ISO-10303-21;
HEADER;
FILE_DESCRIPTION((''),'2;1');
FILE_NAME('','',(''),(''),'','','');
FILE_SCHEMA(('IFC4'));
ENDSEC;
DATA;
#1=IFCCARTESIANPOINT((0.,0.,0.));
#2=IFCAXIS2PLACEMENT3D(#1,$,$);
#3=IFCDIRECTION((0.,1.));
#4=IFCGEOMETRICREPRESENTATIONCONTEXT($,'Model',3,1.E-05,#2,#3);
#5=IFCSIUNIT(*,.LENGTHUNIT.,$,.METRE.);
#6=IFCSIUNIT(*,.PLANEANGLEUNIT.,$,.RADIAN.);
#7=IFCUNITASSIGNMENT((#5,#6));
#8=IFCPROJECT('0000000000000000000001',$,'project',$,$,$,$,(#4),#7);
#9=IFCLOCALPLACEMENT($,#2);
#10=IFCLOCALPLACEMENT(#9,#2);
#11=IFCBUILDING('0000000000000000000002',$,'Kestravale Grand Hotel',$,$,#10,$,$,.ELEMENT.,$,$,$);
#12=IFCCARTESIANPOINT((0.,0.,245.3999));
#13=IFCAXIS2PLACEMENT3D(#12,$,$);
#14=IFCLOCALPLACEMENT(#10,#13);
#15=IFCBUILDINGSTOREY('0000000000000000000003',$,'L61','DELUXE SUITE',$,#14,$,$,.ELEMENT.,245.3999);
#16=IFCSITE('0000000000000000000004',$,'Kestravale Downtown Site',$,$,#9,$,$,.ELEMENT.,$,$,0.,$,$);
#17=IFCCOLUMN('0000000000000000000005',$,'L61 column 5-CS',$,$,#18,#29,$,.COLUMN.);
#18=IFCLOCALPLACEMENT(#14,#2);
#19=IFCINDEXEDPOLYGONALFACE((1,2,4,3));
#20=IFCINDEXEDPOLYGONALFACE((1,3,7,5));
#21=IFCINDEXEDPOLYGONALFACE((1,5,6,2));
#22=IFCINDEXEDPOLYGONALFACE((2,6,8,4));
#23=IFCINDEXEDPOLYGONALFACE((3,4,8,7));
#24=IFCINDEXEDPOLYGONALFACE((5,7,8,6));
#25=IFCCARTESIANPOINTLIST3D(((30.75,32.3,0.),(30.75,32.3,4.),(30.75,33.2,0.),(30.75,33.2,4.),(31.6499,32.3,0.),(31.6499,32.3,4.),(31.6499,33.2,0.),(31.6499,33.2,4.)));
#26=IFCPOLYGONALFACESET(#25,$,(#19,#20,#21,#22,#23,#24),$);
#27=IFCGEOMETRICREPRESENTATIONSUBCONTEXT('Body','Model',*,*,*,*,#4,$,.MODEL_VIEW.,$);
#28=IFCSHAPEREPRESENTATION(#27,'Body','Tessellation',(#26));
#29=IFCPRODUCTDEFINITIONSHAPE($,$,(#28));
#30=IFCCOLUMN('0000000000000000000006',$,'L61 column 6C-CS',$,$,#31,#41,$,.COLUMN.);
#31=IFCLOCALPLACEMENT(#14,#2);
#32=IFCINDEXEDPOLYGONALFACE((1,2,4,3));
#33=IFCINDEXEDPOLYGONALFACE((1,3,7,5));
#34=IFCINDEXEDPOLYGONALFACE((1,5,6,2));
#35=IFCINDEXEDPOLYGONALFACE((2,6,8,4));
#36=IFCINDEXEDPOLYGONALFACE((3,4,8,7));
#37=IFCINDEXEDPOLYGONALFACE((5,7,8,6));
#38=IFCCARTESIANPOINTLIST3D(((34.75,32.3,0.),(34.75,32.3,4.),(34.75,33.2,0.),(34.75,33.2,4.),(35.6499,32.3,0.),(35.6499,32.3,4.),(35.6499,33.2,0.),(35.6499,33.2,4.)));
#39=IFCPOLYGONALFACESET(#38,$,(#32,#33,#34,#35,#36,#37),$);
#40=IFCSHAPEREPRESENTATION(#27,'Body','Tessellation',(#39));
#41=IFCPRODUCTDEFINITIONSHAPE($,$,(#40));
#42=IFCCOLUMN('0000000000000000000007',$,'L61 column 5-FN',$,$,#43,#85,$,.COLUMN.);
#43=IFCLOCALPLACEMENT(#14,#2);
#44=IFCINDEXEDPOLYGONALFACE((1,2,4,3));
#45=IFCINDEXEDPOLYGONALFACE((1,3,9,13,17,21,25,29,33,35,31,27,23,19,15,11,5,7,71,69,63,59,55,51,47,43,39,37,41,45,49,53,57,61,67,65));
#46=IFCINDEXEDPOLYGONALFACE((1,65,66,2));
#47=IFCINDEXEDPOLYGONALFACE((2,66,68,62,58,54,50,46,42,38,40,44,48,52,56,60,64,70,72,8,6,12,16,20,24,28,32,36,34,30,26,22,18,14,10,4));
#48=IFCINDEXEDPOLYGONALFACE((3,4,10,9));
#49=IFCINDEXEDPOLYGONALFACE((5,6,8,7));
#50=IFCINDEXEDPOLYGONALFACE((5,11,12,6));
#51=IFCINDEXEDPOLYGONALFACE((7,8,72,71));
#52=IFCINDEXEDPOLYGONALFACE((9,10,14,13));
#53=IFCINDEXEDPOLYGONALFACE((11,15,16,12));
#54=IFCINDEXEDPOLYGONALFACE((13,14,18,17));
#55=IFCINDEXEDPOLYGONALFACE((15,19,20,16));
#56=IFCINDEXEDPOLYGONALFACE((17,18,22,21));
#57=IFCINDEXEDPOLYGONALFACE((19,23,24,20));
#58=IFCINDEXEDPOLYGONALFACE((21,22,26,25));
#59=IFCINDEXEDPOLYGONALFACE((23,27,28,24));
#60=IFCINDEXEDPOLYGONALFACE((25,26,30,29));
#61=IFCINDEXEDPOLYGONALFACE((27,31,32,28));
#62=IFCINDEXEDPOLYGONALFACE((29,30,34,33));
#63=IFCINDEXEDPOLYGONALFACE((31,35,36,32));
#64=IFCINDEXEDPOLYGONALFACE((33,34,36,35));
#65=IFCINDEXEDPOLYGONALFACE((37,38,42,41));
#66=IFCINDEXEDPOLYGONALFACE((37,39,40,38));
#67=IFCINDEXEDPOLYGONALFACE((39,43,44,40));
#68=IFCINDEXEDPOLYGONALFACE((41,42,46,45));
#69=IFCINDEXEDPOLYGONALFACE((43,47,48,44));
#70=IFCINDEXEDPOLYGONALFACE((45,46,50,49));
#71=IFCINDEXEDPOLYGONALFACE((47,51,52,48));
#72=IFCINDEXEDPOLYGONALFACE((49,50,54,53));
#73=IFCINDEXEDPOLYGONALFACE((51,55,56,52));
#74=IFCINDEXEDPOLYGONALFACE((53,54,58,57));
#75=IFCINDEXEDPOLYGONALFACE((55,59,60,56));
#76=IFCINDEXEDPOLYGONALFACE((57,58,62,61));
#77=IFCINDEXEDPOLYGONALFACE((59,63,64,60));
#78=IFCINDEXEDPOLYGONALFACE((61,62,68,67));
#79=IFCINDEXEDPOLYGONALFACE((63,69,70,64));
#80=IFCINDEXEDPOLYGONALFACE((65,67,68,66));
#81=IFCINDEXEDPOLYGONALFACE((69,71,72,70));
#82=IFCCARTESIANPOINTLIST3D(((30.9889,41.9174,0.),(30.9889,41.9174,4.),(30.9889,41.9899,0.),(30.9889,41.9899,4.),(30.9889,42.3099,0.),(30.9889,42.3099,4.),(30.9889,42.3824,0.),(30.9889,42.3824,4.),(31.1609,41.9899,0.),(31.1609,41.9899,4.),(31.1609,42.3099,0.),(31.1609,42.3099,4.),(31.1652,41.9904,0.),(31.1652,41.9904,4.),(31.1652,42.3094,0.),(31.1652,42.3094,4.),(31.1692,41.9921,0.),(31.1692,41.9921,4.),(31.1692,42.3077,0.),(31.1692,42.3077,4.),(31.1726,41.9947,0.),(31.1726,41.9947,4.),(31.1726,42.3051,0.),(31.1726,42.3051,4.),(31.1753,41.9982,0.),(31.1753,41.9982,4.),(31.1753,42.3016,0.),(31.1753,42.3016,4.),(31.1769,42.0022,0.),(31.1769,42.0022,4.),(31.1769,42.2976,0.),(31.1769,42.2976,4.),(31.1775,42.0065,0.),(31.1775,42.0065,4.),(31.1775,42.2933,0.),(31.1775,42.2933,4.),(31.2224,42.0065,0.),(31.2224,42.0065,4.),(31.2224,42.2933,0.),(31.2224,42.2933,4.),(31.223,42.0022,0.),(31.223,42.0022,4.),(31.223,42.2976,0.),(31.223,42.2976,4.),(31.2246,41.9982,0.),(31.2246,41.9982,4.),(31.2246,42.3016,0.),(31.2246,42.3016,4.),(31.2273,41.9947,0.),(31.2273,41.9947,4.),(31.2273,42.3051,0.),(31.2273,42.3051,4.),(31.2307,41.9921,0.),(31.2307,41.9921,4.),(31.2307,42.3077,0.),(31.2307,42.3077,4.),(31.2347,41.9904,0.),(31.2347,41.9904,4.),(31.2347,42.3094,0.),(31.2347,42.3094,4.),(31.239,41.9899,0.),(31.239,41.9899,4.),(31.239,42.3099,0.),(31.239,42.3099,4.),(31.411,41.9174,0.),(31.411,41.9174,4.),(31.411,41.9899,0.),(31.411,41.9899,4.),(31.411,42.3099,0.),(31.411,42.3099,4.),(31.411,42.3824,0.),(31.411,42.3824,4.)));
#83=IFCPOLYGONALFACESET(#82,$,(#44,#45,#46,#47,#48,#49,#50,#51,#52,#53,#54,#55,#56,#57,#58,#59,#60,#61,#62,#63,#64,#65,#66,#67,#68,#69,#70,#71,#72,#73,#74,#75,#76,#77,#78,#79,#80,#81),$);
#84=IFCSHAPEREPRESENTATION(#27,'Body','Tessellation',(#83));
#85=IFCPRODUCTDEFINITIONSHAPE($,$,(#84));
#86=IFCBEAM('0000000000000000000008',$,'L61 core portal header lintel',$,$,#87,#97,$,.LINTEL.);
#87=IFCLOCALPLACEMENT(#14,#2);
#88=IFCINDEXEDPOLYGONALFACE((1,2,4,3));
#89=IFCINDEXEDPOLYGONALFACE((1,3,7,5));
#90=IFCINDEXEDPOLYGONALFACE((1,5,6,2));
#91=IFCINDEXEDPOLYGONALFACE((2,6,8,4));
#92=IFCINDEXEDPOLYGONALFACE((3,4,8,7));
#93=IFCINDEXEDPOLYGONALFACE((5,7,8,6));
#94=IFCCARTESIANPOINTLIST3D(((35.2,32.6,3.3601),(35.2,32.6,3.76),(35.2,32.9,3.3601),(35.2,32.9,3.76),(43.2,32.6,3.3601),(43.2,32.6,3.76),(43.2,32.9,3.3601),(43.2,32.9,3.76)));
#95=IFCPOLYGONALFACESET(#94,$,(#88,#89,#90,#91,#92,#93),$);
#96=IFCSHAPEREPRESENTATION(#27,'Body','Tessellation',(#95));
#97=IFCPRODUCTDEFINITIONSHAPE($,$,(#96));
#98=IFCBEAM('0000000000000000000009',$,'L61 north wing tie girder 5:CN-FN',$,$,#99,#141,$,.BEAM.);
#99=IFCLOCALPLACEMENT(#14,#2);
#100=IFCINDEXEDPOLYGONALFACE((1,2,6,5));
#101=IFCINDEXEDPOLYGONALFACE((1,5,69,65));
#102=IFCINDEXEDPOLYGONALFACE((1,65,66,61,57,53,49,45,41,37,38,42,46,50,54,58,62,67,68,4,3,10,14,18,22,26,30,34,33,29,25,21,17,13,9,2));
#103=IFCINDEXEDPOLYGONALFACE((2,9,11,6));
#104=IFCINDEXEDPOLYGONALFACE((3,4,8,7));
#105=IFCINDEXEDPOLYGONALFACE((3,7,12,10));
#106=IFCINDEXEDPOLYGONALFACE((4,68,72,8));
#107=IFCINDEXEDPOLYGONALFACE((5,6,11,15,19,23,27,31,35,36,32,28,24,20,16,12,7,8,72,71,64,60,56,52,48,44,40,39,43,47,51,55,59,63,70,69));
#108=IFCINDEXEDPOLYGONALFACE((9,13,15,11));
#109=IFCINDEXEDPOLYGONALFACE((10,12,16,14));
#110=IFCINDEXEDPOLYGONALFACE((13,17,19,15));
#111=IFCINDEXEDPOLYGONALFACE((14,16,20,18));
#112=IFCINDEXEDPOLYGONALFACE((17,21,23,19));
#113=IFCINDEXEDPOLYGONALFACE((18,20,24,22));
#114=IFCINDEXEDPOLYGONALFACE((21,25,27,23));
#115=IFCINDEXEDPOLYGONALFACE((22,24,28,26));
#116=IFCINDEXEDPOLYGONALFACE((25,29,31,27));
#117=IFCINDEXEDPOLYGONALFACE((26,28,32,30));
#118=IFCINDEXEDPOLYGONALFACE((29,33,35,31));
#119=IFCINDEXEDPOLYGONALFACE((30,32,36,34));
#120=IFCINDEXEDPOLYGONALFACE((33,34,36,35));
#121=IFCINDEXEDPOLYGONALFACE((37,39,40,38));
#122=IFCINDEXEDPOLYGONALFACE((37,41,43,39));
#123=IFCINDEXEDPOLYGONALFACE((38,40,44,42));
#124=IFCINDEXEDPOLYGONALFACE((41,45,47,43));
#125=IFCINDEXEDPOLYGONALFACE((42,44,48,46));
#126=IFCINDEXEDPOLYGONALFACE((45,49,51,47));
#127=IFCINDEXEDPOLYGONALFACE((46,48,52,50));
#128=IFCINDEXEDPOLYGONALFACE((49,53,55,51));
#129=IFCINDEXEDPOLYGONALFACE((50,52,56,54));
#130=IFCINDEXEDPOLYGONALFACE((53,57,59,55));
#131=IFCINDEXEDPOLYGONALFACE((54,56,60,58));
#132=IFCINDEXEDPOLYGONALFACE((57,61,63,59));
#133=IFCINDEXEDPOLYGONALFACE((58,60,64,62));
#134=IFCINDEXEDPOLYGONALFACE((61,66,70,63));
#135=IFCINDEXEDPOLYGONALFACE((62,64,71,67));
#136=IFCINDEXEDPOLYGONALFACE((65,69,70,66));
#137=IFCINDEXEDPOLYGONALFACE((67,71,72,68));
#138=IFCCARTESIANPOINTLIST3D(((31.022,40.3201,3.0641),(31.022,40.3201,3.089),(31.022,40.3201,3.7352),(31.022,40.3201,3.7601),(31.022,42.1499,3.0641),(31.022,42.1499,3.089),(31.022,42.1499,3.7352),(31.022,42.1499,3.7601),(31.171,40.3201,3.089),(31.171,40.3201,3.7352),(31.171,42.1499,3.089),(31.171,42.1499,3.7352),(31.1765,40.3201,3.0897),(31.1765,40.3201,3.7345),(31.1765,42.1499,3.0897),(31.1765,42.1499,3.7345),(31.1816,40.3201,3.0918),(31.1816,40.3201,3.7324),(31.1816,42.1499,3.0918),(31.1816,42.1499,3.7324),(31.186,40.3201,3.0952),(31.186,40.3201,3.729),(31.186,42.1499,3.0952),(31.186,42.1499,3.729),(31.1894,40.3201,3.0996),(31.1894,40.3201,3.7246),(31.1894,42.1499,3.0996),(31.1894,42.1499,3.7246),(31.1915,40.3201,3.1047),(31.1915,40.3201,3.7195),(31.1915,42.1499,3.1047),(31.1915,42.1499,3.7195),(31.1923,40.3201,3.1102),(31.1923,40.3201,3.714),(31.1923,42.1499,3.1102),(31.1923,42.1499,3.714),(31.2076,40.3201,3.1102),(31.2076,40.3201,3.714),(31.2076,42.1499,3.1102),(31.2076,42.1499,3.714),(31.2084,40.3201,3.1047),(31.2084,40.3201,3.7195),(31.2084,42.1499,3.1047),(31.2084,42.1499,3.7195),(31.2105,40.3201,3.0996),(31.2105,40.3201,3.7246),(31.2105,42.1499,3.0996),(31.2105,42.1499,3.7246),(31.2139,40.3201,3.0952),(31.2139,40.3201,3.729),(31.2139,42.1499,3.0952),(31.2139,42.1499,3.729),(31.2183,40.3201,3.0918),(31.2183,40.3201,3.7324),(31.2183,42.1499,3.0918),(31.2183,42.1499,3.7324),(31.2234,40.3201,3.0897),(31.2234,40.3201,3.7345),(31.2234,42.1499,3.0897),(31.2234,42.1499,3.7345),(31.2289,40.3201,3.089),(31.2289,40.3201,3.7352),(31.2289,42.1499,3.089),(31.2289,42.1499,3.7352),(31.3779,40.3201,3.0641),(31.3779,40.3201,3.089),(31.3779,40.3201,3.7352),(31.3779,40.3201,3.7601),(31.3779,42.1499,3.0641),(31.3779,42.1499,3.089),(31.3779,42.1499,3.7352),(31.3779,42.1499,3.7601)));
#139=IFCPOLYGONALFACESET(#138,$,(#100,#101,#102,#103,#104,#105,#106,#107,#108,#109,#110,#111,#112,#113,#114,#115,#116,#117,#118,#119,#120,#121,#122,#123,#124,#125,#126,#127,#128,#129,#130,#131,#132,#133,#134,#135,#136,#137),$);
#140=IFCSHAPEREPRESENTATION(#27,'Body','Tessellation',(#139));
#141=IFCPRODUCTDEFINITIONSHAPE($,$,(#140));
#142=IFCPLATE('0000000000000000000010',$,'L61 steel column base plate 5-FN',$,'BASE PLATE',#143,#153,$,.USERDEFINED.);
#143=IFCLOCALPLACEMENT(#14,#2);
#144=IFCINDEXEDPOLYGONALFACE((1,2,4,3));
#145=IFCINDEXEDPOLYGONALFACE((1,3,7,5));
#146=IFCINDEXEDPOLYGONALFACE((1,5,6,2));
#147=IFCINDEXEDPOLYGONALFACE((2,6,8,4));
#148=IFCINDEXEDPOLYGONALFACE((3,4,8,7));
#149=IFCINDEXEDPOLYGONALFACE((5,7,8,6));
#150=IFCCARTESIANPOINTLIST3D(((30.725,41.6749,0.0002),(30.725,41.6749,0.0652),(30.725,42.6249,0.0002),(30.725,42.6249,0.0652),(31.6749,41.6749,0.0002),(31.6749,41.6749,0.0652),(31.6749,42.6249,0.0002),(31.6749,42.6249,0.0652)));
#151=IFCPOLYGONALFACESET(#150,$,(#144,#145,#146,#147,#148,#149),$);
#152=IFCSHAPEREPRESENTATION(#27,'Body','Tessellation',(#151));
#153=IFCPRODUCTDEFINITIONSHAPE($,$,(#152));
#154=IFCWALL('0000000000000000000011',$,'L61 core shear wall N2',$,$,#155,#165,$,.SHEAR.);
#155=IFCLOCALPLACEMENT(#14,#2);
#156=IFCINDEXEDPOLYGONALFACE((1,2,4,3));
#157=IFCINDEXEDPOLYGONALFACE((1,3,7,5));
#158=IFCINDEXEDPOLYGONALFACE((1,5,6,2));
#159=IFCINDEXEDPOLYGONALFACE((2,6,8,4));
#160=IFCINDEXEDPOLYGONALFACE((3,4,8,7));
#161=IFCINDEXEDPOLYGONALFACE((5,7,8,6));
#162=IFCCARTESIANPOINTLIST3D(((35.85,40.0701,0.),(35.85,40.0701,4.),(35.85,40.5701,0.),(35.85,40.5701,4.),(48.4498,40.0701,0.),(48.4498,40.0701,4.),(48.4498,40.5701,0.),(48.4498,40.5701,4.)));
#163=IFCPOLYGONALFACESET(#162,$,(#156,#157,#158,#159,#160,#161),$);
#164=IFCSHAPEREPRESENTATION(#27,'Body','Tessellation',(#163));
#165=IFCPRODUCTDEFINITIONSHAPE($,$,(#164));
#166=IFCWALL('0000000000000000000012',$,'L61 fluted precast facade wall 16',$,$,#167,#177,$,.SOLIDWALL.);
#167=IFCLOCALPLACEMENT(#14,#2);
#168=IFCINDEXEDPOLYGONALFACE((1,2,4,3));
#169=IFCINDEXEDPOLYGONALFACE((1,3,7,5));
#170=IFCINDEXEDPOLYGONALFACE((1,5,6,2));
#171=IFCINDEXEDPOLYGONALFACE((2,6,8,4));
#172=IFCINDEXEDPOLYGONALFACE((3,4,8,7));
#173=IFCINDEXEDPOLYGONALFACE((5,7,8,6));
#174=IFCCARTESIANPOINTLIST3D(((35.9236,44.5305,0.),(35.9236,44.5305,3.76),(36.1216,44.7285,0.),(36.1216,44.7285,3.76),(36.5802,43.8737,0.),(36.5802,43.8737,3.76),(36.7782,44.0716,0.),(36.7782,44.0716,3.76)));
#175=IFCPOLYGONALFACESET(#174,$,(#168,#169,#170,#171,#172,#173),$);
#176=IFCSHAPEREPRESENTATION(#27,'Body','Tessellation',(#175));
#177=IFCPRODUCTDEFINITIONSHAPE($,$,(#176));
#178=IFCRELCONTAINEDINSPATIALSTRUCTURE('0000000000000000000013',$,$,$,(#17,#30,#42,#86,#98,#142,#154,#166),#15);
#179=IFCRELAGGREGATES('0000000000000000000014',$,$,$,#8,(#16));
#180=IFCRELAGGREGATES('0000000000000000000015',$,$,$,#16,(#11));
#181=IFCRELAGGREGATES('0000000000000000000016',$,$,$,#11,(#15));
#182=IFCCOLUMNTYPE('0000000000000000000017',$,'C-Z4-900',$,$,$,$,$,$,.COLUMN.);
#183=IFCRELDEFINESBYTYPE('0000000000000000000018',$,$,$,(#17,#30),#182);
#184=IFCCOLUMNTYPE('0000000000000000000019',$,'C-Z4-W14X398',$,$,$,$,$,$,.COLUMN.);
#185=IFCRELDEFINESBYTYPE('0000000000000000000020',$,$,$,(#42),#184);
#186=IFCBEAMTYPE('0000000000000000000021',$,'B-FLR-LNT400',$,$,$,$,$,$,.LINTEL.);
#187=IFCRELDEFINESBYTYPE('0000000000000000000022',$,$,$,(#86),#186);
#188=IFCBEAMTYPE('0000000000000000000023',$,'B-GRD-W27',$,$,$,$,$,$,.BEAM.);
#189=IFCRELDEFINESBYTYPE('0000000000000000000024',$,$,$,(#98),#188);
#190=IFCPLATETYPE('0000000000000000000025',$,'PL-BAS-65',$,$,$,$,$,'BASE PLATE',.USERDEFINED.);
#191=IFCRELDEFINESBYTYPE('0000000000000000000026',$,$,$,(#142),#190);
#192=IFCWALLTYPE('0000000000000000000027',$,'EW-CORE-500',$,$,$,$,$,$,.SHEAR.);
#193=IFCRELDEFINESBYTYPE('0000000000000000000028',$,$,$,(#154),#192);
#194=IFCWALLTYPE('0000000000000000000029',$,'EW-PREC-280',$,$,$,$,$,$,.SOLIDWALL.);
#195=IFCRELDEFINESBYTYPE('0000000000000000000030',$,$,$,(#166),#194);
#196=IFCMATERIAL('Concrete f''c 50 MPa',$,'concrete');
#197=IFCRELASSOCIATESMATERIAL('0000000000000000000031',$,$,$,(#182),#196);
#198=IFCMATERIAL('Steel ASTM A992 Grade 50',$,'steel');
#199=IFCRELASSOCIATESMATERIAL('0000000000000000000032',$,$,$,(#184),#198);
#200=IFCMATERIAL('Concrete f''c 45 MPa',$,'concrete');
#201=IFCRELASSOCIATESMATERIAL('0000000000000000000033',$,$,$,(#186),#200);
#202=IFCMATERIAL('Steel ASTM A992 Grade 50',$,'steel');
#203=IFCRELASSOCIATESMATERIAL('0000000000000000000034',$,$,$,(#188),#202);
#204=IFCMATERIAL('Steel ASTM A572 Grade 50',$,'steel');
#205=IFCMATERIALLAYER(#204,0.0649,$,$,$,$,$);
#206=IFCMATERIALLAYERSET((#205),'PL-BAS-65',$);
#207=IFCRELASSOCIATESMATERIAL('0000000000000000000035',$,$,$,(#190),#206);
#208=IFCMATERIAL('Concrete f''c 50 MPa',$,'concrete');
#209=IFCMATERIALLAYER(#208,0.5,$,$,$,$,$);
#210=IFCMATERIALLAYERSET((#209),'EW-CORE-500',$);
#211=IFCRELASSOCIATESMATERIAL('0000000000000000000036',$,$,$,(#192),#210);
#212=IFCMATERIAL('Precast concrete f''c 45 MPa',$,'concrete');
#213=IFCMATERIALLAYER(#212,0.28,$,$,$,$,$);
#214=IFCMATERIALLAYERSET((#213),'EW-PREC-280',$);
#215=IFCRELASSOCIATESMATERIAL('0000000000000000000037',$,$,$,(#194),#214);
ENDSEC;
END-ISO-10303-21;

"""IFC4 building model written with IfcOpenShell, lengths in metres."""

from ifc_helpers import new_model, si_unit, direction, frame, frame_2d, origin, origin_2d, place, context, subcontext, project, spatial, rectangle, i_section, extrude, material, layer, layer_set, material_profile, profile_set, type_object, element, save


model = new_model("IFC4")

# Units and contexts
model_context = context("Model", 3, precision=1e-05, world=origin(), true_north=direction((0.0, 1.0)))
body_context = subcontext(model_context, "Body", "Model", "MODEL_VIEW")
ifc_project = project(units=[si_unit("LENGTHUNIT", "METRE"), si_unit("PLANEANGLEUNIT", "RADIAN")], contexts=[model_context])

# Site, building, storey
site_placement = place(None, origin())
site = spatial("IfcSite", under=ifc_project, at=site_placement, Name="Kestravale Downtown Site", CompositionType="ELEMENT", RefElevation=0.0)
building_placement = place(site_placement, origin())
building = spatial("IfcBuilding", under=site, at=building_placement, Name="Kestravale Grand Hotel", CompositionType="ELEMENT")
storey_placement = place(building_placement, frame((0.0, 0.0, 245.3999)))
storey = spatial("IfcBuildingStorey", under=building, at=storey_placement, Name="L61", Description="DELUXE SUITE", CompositionType="ELEMENT", Elevation=245.3999)

# Columns
ifc_material_1 = material(Name="Concrete f'c 50 MPa", Category="concrete")
ifc_material_profile_1 = material_profile(ifc_material_1, rectangle(XDim=0.8999, YDim=0.8999, at=origin_2d()))
ifc_profile_set_1 = profile_set([ifc_material_profile_1], Name="Concrete f'c 50 MPa")
column_type_1 = type_object("IfcColumnType", Name="C-Z4-900", PredefinedType="COLUMN", material=ifc_profile_set_1)
for number, where, z_axis, x_axis, name in (
    (1, (31.2, 32.75, 0.0), (0.0, 0.0, 1.0), (1.0, 0.0, 0.0), "L61 column 5-CS"),
    (2, (35.2, 32.75, 0.0), (0.0, 0.0, 1.0), (1.0, 0.0, 0.0), "L61 column 6C-CS"),
):
    element("IfcColumn", number, at=place(storey_placement, frame(where, z_axis=z_axis, x_axis=x_axis)), inside=storey, type_object=column_type_1, Name=name, PredefinedType="COLUMN", context=body_context, shape_type="SweptSolid", body=[
        extrude(rectangle(XDim=0.8999, YDim=0.8999, at=origin_2d()), origin(), (0.0, 0.0, 1.0), 4.0),
    ])
ifc_material_2 = material(Name="Steel ASTM A992 Grade 50", Category="steel")
ifc_material_profile_2 = material_profile(ifc_material_2, i_section(OverallWidth=0.4221, OverallDepth=0.4651, WebThickness=0.0449, FlangeThickness=0.0725, FilletRadius=0.0166, at=origin_2d()))
ifc_profile_set_2 = profile_set([ifc_material_profile_2], Name="Steel ASTM A992 Grade 50")
column_type_2 = type_object("IfcColumnType", Name="C-Z4-W14X398", PredefinedType="COLUMN", material=ifc_profile_set_2)
column_placement = place(storey_placement, frame((31.2, 42.1499, 0.0), z_axis=(0.0, 0.0, 1.0), x_axis=(1.0, 0.0, 0.0)))
element("IfcColumn", 3, at=column_placement, inside=storey, type_object=column_type_2, Name="L61 column 5-FN", PredefinedType="COLUMN", context=body_context, shape_type="SweptSolid", body=[
    extrude(i_section(OverallWidth=0.4221, OverallDepth=0.4651, WebThickness=0.0449, FlangeThickness=0.0725, FilletRadius=0.0166, at=origin_2d()), origin(), (0.0, 0.0, 1.0), 4.0),
])

# Beams
ifc_material_3 = material(Name="Concrete f'c 45 MPa", Category="concrete")
ifc_material_profile_3 = material_profile(ifc_material_3, rectangle(XDim=0.3, YDim=0.3999, at=origin_2d()))
ifc_profile_set_3 = profile_set([ifc_material_profile_3], Name="Concrete f'c 45 MPa")
beam_type_1 = type_object("IfcBeamType", Name="B-FLR-LNT400", PredefinedType="LINTEL", material=ifc_profile_set_3)
beam_1_placement = place(storey_placement, frame((35.2, 32.75, 3.5601), z_axis=(1.0, 0.0, 0.0), x_axis=(0.0, 1.0, 0.0)))
element("IfcBeam", 4, at=beam_1_placement, inside=storey, type_object=beam_type_1, Name="L61 core portal header lintel", PredefinedType="LINTEL", context=body_context, shape_type="SweptSolid", body=[
    extrude(rectangle(XDim=0.3, YDim=0.3999, at=origin_2d()), origin(), (0.0, 0.0, 1.0), 8.0),
])
ifc_material_4 = material(Name="Steel ASTM A992 Grade 50", Category="steel")
ifc_material_profile_4 = material_profile(ifc_material_4, i_section(OverallWidth=0.356, OverallDepth=0.696, WebThickness=0.0154, FlangeThickness=0.0249, FilletRadius=0.0212, at=origin_2d()))
ifc_profile_set_4 = profile_set([ifc_material_profile_4], Name="Steel ASTM A992 Grade 50")
beam_type_2 = type_object("IfcBeamType", Name="B-GRD-W27", PredefinedType="BEAM", material=ifc_profile_set_4)
beam_2_placement = place(storey_placement, frame((31.2, 40.3201, 3.4121), z_axis=(0.0, 1.0, 0.0), x_axis=(-1.0, 0.0, 0.0)))
element("IfcBeam", 5, at=beam_2_placement, inside=storey, type_object=beam_type_2, Name="L61 north wing tie girder 5:CN-FN", PredefinedType="BEAM", context=body_context, shape_type="SweptSolid", body=[
    extrude(i_section(OverallWidth=0.356, OverallDepth=0.696, WebThickness=0.0154, FlangeThickness=0.0249, FilletRadius=0.0212, at=origin_2d()), origin(), (0.0, 0.0, 1.0), 1.8298),
])

# Plate
ifc_material_5 = material(Name="Steel ASTM A572 Grade 50", Category="steel")
ifc_layer_1 = layer(ifc_material_5, 0.0649)
ifc_layer_set_1 = layer_set([ifc_layer_1], Name="PL-BAS-65")
plate_type = type_object("IfcPlateType", Name="PL-BAS-65", ElementType="BASE PLATE", PredefinedType="USERDEFINED", material=ifc_layer_set_1)
plate_placement = place(storey_placement, frame((31.2, 42.1499, 0.0002), z_axis=(0.0, 0.0, 1.0), x_axis=(1.0, 0.0, 0.0)))
element("IfcPlate", 6, at=plate_placement, inside=storey, type_object=plate_type, Name="L61 steel column base plate 5-FN", ObjectType="BASE PLATE", PredefinedType="USERDEFINED", context=body_context, shape_type="SweptSolid", body=[
    extrude(rectangle(XDim=0.95, YDim=0.95, at=origin_2d()), origin(), (0.0, 0.0, 1.0), 0.0649),
])

# Wall
ifc_material_6 = material(Name="Concrete f'c 50 MPa", Category="concrete")
ifc_layer_2 = layer(ifc_material_6, 0.5)
ifc_layer_set_2 = layer_set([ifc_layer_2], Name="EW-CORE-500")
wall_type_1 = type_object("IfcWallType", Name="EW-CORE-500", PredefinedType="SHEAR", material=ifc_layer_set_2)
wall_1_placement = place(storey_placement, frame((35.8501, 40.3201, 0.0), z_axis=(0.0, 0.0, 1.0), x_axis=(1.0, 0.0, 0.0)))
element("IfcWall", 7, at=wall_1_placement, inside=storey, type_object=wall_type_1, Name="L61 core shear wall N2", PredefinedType="SHEAR", context=body_context, shape_type="SweptSolid", body=[
    extrude(rectangle(XDim=12.5999, YDim=0.5, at=frame_2d((6.2998, 0.0))), origin(), (0.0, 0.0, 1.0), 4.0),
])

# Wall
ifc_material_7 = material(Name="Precast concrete f'c 45 MPa", Category="concrete")
ifc_layer_3 = layer(ifc_material_7, 0.28)
ifc_layer_set_3 = layer_set([ifc_layer_3], Name="EW-PREC-280")
wall_type_2 = type_object("IfcWallType", Name="EW-PREC-280", PredefinedType="SOLIDWALL", material=ifc_layer_set_3)
wall_2_placement = place(storey_placement, frame((36.6792, 43.9727, 0.0), z_axis=(0.0, 0.0, 1.0), x_axis=(-0.706975, 0.707238, 0.0)))
element("IfcWall", 8, at=wall_2_placement, inside=storey, type_object=wall_type_2, Name="L61 fluted precast facade wall 16", PredefinedType="SOLIDWALL", context=body_context, shape_type="SweptSolid", body=[
    extrude(rectangle(XDim=0.9287, YDim=0.28, at=frame_2d((0.4644, 0.0))), origin(), (0.0, 0.0, 1.0), 3.76),
])

save(model, "model.ifc")
